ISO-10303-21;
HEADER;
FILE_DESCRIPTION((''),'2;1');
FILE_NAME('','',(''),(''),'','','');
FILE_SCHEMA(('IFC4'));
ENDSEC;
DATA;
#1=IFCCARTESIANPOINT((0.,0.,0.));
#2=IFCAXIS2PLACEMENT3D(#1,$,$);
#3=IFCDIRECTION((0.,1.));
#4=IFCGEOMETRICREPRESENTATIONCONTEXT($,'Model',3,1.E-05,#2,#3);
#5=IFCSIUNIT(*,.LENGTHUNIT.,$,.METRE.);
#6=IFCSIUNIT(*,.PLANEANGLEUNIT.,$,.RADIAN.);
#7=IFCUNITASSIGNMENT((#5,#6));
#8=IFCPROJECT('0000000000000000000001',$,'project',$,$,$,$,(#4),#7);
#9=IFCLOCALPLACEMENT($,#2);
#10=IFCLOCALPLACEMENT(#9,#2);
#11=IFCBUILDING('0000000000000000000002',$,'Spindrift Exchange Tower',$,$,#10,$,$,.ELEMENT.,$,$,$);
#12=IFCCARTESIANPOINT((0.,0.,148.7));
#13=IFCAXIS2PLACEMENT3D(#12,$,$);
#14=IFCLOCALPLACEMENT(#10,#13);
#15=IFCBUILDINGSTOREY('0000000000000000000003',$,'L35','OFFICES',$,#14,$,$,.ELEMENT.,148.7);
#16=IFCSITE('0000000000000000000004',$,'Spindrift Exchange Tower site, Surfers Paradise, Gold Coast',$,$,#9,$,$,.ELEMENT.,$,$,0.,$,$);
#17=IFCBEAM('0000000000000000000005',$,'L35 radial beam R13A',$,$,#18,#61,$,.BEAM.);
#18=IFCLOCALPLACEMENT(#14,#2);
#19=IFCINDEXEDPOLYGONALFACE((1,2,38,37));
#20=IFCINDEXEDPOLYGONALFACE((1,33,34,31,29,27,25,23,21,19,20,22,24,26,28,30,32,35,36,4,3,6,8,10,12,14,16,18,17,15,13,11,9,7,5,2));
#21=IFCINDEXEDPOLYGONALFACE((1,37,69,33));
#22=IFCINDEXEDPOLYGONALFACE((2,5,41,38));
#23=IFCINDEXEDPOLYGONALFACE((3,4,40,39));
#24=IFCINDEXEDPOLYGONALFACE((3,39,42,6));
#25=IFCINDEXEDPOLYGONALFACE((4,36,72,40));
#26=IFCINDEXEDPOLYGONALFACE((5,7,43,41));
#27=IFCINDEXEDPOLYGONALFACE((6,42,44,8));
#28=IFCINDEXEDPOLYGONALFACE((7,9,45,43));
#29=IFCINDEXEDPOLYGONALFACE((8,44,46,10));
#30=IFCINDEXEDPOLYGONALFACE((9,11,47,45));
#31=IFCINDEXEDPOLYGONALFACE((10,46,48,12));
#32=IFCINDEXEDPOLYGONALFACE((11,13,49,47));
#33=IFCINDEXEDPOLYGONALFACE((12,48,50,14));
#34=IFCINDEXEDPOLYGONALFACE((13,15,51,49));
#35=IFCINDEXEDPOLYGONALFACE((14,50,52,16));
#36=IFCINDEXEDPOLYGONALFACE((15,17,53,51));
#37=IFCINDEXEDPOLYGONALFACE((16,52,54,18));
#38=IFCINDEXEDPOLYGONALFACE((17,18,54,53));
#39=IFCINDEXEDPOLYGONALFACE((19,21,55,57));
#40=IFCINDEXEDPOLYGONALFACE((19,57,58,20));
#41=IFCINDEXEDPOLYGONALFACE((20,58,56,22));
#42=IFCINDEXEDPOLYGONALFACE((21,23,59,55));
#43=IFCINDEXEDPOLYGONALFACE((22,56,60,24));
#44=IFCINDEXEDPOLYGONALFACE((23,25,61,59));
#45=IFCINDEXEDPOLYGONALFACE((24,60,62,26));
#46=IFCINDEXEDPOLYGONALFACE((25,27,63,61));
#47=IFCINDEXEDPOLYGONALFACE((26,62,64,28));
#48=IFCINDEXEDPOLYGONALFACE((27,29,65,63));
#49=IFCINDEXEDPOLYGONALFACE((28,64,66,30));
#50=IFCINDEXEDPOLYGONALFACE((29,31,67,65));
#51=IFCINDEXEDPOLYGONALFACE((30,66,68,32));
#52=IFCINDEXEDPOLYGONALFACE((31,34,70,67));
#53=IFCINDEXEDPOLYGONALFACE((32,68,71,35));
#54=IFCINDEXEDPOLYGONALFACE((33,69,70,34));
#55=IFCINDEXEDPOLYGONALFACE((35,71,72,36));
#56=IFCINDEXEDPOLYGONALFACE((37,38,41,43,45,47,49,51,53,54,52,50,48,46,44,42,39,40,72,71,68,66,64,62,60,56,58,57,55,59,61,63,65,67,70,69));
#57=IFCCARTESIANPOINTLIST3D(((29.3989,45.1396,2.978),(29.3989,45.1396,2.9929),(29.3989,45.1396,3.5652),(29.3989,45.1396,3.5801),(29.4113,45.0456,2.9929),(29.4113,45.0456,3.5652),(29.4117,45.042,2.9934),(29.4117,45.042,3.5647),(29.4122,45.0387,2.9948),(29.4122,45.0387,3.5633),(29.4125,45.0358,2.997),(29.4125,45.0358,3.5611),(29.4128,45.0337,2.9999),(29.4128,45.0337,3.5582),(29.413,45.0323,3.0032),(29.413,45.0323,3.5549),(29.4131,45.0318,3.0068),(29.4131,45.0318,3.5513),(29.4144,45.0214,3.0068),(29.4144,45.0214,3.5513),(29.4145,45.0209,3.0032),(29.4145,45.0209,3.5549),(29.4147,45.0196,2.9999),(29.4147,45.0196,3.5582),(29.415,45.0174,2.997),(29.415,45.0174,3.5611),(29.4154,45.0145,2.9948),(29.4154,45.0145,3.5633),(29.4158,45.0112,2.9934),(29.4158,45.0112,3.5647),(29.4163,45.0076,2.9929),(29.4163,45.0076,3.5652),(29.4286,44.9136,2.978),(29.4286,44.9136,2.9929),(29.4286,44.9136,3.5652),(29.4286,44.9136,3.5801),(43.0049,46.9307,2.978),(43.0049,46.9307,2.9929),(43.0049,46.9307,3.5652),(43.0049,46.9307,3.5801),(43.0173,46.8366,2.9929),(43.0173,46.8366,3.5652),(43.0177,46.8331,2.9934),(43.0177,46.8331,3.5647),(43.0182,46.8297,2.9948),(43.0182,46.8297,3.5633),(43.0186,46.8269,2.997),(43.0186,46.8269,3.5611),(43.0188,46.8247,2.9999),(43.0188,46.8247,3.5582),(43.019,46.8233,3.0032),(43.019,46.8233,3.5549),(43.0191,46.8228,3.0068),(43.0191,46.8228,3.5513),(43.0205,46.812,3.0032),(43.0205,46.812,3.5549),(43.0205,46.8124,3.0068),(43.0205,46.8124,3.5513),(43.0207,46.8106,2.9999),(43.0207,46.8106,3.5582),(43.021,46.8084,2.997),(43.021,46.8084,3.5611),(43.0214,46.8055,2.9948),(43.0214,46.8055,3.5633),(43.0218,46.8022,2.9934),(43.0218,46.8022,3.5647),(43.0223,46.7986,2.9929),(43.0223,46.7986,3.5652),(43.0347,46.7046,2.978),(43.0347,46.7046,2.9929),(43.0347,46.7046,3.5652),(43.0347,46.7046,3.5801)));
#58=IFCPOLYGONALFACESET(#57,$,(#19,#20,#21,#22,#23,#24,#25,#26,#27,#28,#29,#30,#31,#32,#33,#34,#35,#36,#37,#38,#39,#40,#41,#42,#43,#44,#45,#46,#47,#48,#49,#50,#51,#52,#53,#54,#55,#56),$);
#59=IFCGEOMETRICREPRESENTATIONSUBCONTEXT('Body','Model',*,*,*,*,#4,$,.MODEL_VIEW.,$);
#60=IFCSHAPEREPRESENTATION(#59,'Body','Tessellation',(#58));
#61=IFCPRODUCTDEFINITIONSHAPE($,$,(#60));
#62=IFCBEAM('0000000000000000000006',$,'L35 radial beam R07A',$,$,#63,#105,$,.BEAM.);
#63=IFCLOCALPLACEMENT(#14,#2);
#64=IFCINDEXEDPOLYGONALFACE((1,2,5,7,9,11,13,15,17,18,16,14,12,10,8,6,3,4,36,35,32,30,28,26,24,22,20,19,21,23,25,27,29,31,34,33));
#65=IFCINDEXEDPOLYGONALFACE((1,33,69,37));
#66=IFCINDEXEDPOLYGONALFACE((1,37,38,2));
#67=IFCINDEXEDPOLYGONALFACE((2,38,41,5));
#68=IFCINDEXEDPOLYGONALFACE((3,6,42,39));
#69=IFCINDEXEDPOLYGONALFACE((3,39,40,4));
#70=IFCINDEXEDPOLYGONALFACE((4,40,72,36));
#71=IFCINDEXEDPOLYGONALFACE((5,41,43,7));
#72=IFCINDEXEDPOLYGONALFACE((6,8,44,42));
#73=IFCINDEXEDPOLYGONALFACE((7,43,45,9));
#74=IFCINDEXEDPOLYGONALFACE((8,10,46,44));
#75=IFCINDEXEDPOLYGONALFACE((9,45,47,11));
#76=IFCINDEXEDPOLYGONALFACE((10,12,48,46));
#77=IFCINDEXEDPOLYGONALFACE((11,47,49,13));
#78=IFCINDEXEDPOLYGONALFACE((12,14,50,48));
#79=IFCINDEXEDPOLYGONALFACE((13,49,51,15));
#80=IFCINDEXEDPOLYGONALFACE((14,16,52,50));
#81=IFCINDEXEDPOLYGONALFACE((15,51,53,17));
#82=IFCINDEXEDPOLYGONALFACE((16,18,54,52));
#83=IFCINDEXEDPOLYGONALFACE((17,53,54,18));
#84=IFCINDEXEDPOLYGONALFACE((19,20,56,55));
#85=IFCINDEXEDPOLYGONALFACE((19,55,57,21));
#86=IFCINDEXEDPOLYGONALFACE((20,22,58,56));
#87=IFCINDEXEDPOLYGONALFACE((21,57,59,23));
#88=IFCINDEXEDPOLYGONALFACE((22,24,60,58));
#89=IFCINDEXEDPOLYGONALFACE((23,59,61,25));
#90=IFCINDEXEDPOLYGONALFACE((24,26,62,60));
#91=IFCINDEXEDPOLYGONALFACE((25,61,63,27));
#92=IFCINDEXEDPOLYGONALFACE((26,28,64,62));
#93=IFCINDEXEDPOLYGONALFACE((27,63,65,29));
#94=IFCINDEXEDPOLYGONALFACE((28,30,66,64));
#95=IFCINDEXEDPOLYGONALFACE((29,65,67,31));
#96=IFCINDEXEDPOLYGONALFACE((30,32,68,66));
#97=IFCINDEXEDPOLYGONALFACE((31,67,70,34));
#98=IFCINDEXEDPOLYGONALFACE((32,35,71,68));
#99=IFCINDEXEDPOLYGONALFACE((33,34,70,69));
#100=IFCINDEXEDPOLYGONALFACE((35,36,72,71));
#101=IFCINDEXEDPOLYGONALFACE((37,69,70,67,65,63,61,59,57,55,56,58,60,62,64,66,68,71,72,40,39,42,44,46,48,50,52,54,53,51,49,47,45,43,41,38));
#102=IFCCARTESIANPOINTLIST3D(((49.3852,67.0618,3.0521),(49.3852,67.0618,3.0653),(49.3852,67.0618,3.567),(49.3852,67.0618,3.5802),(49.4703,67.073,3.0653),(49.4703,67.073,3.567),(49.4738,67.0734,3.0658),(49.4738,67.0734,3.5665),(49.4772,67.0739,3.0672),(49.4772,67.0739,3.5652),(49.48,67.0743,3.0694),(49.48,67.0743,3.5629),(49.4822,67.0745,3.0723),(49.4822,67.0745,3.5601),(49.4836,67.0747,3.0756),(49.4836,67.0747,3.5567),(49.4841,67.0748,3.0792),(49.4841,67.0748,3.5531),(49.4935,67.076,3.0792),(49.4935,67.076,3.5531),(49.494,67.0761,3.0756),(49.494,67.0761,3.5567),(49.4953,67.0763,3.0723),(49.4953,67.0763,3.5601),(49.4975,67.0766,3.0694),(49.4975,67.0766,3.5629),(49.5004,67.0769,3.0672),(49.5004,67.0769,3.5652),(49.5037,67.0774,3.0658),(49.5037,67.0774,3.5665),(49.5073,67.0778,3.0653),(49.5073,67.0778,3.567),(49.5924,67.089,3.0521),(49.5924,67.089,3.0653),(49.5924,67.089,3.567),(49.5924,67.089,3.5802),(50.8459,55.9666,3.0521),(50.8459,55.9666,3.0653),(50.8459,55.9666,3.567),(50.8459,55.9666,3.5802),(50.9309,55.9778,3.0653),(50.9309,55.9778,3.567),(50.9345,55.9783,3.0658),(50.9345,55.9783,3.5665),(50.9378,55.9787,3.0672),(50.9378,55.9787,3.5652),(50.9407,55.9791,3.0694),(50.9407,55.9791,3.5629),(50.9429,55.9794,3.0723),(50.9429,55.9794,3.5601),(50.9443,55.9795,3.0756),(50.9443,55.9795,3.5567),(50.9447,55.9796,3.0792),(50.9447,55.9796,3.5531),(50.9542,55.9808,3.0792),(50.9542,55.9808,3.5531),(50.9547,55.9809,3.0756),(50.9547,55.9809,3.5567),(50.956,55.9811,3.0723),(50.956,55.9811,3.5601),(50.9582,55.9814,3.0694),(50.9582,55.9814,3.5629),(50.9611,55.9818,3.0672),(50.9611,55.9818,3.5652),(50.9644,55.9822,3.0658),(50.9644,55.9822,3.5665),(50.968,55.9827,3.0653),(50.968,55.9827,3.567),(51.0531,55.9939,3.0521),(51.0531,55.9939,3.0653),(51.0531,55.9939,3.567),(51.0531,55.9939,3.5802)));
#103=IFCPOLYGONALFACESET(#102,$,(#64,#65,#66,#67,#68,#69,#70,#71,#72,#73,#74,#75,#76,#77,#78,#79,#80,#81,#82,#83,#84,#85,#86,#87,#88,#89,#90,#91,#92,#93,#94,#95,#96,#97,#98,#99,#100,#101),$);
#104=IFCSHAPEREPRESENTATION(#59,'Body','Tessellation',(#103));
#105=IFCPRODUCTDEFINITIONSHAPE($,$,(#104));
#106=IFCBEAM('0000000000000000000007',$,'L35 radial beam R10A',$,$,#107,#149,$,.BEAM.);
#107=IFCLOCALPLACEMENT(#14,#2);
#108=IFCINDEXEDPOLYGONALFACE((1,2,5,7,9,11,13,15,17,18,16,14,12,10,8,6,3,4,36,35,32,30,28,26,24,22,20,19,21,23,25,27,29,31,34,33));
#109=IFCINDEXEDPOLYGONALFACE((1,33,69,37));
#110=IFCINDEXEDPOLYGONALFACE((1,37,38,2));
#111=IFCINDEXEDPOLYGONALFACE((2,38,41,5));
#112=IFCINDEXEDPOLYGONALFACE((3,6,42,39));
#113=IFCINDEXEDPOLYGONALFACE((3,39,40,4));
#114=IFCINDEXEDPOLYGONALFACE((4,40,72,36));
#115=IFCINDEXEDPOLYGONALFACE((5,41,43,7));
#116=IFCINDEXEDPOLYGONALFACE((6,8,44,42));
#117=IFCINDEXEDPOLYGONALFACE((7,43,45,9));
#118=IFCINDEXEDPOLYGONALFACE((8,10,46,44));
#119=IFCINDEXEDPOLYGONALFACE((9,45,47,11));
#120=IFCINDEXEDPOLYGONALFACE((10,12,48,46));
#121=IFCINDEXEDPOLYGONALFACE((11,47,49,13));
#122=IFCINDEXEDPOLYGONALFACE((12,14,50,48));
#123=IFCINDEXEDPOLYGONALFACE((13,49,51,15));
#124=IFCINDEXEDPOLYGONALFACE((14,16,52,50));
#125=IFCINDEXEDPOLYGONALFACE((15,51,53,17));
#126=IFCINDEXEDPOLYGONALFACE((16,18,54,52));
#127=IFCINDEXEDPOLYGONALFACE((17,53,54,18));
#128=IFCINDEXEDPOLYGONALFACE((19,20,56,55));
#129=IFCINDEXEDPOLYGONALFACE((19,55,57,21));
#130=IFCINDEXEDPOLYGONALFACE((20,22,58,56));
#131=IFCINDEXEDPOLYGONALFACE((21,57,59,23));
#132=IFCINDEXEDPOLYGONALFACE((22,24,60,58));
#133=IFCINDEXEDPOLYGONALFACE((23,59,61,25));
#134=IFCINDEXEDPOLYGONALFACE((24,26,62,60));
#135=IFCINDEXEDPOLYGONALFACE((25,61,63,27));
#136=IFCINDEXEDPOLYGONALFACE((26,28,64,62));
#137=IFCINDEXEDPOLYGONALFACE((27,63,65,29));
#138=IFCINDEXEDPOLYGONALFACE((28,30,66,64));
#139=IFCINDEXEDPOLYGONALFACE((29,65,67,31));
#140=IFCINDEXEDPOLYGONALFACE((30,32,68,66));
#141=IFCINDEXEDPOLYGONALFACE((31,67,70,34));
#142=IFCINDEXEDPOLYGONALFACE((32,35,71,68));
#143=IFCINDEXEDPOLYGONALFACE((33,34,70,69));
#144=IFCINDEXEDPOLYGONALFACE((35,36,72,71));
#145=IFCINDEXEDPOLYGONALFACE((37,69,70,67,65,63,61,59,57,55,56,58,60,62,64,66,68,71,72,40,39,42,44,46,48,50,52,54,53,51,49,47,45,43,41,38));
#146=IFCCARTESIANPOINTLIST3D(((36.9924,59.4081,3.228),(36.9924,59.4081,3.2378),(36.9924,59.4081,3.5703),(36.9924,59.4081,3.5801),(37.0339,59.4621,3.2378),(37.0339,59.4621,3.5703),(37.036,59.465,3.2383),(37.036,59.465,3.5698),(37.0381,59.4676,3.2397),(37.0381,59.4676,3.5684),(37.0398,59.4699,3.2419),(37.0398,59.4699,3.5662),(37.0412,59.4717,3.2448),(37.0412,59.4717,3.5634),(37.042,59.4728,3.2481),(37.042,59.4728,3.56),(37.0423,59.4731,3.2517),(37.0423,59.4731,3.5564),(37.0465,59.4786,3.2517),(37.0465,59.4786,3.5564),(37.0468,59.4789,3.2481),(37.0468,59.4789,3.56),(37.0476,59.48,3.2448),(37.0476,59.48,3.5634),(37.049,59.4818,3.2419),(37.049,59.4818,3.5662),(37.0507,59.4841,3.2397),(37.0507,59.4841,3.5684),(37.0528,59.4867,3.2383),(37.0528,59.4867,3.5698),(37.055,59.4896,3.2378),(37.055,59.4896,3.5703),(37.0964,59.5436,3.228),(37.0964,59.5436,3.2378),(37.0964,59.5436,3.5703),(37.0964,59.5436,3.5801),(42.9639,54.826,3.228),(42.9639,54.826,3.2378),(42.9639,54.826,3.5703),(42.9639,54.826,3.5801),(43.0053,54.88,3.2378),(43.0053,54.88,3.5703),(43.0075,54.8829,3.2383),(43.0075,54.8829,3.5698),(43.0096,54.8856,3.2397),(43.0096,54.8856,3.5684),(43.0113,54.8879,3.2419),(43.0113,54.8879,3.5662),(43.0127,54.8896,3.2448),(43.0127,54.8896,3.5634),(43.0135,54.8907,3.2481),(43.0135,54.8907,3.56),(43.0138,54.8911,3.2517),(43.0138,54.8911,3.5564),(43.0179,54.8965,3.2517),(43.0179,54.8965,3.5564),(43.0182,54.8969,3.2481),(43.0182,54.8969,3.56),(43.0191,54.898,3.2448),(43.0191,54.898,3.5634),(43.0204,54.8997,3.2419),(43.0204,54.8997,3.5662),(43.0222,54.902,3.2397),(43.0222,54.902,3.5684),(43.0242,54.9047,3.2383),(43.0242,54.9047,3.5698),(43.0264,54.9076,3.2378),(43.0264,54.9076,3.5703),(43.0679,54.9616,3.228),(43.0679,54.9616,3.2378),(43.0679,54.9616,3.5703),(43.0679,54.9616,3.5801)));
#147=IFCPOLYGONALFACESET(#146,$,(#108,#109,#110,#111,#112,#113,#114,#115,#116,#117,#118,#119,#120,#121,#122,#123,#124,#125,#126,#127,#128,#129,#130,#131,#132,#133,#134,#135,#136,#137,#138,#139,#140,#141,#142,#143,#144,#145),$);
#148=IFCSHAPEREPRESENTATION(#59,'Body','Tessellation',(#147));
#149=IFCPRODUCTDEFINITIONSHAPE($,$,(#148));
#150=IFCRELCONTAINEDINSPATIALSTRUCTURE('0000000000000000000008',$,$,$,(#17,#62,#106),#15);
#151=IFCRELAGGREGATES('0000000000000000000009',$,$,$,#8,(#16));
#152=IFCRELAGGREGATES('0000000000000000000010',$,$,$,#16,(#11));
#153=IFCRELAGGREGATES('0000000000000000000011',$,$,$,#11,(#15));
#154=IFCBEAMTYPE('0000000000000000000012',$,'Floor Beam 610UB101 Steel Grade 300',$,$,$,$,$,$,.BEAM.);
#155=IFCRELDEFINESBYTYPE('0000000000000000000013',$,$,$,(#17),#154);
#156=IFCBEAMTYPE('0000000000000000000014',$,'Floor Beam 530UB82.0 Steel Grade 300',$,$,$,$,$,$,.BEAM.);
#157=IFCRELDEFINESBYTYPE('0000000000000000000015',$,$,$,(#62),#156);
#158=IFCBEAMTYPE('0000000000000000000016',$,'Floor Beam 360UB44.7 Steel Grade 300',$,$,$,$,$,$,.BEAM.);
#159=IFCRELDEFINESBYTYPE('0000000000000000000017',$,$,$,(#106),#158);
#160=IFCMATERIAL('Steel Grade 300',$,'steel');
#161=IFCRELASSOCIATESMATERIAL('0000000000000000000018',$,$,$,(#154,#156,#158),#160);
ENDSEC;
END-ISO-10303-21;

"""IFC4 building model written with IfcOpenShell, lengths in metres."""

from ifc_helpers import new_model, si_unit, direction, frame, origin, origin_2d, place, context, subcontext, project, spatial, i_section, extrude, source, transform, mapped, material, material_profile, profile_set, type_object, element, save


model = new_model("IFC4")

# Units and contexts
model_context = context("Model", 3, precision=1e-05, world=origin(), true_north=direction((0.0, 1.0)))
body_context = subcontext(model_context, "Body", "Model", "MODEL_VIEW")
ifc_project = project(units=[si_unit("LENGTHUNIT", "METRE"), si_unit("PLANEANGLEUNIT", "RADIAN")], contexts=[model_context])

# Site, building, storey
site_placement = place(None, origin())
site = spatial("IfcSite", under=ifc_project, at=site_placement, Name="Spindrift Exchange Tower site, Surfers Paradise, Gold Coast", CompositionType="ELEMENT", RefElevation=0.0)
building_placement = place(site_placement, origin())
building = spatial("IfcBuilding", under=site, at=building_placement, Name="Spindrift Exchange Tower", CompositionType="ELEMENT")
storey_placement = place(building_placement, frame((0.0, 0.0, 148.7)))
storey = spatial("IfcBuildingStorey", under=building, at=storey_placement, Name="L35", Description="OFFICES", CompositionType="ELEMENT", Elevation=148.7)

# Beams
ifc_material_1 = material(Name="Steel Grade 300", Category="steel")
ifc_material_profile_1 = material_profile(ifc_material_1, i_section(OverallWidth=0.228, OverallDepth=0.6021, WebThickness=0.0105, FlangeThickness=0.0149, FilletRadius=0.0139, at=origin_2d()), Name="610UB101")
ifc_profile_set_1 = profile_set([ifc_material_profile_1], Name="Steel Grade 300")
beam_type_1 = type_object("IfcBeamType", Name="Floor Beam 610UB101 Steel Grade 300", PredefinedType="BEAM", material=ifc_profile_set_1)
shared_shape_1 = source(origin(), body_context, "Body", "SweptSolid", [
    extrude(i_section(OverallWidth=0.228, OverallDepth=0.6021, WebThickness=0.0105, FlangeThickness=0.0149, FilletRadius=0.0139, at=origin_2d()), origin(), (0.0, 0.0, 1.0), 13.7234),
])
beam_1_placement = place(storey_placement, frame((43.0198, 46.8176, 3.2791), z_axis=(-0.991447, -0.130509, 0.0), x_axis=(0.130509, -0.991447, 0.0)))
element("IfcBeam", 1, at=beam_1_placement, inside=storey, type_object=beam_type_1, Name="L35 radial beam R13A", PredefinedType="BEAM", context=body_context, shape_type="MappedRepresentation", body=[
    mapped(shared_shape_1, transform((0.0, 0.0, 0.0), scale=1.0)),
])
ifc_material_profile_2 = material_profile(ifc_material_1, i_section(OverallWidth=0.209, OverallDepth=0.5281, WebThickness=0.0095, FlangeThickness=0.0132, FilletRadius=0.0139, at=origin_2d()), Name="530UB82.0")
ifc_profile_set_2 = profile_set([ifc_material_profile_2], Name="Steel Grade 300")
beam_type_2 = type_object("IfcBeamType", Name="Floor Beam 530UB82.0 Steel Grade 300", PredefinedType="BEAM", material=ifc_profile_set_2)
shared_shape_2 = source(origin(), body_context, "Body", "SweptSolid", [
    extrude(i_section(OverallWidth=0.209, OverallDepth=0.5281, WebThickness=0.0095, FlangeThickness=0.0132, FilletRadius=0.0139, at=origin_2d()), origin(), (0.0, 0.0, 1.0), 11.1909),
])
beam_2_placement = place(storey_placement, frame((50.9495, 55.9802, 3.3162), z_axis=(-0.130524, 0.991445, 0.0), x_axis=(-0.991445, -0.130524, 0.0)))
element("IfcBeam", 2, at=beam_2_placement, inside=storey, type_object=beam_type_2, Name="L35 radial beam R07A", PredefinedType="BEAM", context=body_context, shape_type="MappedRepresentation", body=[
    mapped(shared_shape_2, transform((0.0, 0.0, 0.0), scale=1.0)),
])
ifc_material_profile_3 = material_profile(ifc_material_1, i_section(OverallWidth=0.1709, OverallDepth=0.3521, WebThickness=0.0068, FlangeThickness=0.0098, FilletRadius=0.0139, at=origin_2d()), Name="360UB44.7")
ifc_profile_set_3 = profile_set([ifc_material_profile_3], Name="Steel Grade 300")
beam_type_3 = type_object("IfcBeamType", Name="Floor Beam 360UB44.7 Steel Grade 300", PredefinedType="BEAM", material=ifc_profile_set_3)
shared_shape_3 = source(origin(), body_context, "Body", "SweptSolid", [
    extrude(i_section(OverallWidth=0.1709, OverallDepth=0.3521, WebThickness=0.0068, FlangeThickness=0.0098, FilletRadius=0.0139, at=origin_2d()), origin(), (0.0, 0.0, 1.0), 7.5269),
])
beam_3_placement = place(storey_placement, frame((43.0159, 54.8938, 3.4041), z_axis=(-0.793354, 0.60876, 0.0), x_axis=(-0.60876, -0.793354, 0.0)))
element("IfcBeam", 3, at=beam_3_placement, inside=storey, type_object=beam_type_3, Name="L35 radial beam R10A", PredefinedType="BEAM", context=body_context, shape_type="MappedRepresentation", body=[
    mapped(shared_shape_3, transform((0.0, 0.0, 0.0), scale=1.0)),
])

save(model, "model.ifc")
